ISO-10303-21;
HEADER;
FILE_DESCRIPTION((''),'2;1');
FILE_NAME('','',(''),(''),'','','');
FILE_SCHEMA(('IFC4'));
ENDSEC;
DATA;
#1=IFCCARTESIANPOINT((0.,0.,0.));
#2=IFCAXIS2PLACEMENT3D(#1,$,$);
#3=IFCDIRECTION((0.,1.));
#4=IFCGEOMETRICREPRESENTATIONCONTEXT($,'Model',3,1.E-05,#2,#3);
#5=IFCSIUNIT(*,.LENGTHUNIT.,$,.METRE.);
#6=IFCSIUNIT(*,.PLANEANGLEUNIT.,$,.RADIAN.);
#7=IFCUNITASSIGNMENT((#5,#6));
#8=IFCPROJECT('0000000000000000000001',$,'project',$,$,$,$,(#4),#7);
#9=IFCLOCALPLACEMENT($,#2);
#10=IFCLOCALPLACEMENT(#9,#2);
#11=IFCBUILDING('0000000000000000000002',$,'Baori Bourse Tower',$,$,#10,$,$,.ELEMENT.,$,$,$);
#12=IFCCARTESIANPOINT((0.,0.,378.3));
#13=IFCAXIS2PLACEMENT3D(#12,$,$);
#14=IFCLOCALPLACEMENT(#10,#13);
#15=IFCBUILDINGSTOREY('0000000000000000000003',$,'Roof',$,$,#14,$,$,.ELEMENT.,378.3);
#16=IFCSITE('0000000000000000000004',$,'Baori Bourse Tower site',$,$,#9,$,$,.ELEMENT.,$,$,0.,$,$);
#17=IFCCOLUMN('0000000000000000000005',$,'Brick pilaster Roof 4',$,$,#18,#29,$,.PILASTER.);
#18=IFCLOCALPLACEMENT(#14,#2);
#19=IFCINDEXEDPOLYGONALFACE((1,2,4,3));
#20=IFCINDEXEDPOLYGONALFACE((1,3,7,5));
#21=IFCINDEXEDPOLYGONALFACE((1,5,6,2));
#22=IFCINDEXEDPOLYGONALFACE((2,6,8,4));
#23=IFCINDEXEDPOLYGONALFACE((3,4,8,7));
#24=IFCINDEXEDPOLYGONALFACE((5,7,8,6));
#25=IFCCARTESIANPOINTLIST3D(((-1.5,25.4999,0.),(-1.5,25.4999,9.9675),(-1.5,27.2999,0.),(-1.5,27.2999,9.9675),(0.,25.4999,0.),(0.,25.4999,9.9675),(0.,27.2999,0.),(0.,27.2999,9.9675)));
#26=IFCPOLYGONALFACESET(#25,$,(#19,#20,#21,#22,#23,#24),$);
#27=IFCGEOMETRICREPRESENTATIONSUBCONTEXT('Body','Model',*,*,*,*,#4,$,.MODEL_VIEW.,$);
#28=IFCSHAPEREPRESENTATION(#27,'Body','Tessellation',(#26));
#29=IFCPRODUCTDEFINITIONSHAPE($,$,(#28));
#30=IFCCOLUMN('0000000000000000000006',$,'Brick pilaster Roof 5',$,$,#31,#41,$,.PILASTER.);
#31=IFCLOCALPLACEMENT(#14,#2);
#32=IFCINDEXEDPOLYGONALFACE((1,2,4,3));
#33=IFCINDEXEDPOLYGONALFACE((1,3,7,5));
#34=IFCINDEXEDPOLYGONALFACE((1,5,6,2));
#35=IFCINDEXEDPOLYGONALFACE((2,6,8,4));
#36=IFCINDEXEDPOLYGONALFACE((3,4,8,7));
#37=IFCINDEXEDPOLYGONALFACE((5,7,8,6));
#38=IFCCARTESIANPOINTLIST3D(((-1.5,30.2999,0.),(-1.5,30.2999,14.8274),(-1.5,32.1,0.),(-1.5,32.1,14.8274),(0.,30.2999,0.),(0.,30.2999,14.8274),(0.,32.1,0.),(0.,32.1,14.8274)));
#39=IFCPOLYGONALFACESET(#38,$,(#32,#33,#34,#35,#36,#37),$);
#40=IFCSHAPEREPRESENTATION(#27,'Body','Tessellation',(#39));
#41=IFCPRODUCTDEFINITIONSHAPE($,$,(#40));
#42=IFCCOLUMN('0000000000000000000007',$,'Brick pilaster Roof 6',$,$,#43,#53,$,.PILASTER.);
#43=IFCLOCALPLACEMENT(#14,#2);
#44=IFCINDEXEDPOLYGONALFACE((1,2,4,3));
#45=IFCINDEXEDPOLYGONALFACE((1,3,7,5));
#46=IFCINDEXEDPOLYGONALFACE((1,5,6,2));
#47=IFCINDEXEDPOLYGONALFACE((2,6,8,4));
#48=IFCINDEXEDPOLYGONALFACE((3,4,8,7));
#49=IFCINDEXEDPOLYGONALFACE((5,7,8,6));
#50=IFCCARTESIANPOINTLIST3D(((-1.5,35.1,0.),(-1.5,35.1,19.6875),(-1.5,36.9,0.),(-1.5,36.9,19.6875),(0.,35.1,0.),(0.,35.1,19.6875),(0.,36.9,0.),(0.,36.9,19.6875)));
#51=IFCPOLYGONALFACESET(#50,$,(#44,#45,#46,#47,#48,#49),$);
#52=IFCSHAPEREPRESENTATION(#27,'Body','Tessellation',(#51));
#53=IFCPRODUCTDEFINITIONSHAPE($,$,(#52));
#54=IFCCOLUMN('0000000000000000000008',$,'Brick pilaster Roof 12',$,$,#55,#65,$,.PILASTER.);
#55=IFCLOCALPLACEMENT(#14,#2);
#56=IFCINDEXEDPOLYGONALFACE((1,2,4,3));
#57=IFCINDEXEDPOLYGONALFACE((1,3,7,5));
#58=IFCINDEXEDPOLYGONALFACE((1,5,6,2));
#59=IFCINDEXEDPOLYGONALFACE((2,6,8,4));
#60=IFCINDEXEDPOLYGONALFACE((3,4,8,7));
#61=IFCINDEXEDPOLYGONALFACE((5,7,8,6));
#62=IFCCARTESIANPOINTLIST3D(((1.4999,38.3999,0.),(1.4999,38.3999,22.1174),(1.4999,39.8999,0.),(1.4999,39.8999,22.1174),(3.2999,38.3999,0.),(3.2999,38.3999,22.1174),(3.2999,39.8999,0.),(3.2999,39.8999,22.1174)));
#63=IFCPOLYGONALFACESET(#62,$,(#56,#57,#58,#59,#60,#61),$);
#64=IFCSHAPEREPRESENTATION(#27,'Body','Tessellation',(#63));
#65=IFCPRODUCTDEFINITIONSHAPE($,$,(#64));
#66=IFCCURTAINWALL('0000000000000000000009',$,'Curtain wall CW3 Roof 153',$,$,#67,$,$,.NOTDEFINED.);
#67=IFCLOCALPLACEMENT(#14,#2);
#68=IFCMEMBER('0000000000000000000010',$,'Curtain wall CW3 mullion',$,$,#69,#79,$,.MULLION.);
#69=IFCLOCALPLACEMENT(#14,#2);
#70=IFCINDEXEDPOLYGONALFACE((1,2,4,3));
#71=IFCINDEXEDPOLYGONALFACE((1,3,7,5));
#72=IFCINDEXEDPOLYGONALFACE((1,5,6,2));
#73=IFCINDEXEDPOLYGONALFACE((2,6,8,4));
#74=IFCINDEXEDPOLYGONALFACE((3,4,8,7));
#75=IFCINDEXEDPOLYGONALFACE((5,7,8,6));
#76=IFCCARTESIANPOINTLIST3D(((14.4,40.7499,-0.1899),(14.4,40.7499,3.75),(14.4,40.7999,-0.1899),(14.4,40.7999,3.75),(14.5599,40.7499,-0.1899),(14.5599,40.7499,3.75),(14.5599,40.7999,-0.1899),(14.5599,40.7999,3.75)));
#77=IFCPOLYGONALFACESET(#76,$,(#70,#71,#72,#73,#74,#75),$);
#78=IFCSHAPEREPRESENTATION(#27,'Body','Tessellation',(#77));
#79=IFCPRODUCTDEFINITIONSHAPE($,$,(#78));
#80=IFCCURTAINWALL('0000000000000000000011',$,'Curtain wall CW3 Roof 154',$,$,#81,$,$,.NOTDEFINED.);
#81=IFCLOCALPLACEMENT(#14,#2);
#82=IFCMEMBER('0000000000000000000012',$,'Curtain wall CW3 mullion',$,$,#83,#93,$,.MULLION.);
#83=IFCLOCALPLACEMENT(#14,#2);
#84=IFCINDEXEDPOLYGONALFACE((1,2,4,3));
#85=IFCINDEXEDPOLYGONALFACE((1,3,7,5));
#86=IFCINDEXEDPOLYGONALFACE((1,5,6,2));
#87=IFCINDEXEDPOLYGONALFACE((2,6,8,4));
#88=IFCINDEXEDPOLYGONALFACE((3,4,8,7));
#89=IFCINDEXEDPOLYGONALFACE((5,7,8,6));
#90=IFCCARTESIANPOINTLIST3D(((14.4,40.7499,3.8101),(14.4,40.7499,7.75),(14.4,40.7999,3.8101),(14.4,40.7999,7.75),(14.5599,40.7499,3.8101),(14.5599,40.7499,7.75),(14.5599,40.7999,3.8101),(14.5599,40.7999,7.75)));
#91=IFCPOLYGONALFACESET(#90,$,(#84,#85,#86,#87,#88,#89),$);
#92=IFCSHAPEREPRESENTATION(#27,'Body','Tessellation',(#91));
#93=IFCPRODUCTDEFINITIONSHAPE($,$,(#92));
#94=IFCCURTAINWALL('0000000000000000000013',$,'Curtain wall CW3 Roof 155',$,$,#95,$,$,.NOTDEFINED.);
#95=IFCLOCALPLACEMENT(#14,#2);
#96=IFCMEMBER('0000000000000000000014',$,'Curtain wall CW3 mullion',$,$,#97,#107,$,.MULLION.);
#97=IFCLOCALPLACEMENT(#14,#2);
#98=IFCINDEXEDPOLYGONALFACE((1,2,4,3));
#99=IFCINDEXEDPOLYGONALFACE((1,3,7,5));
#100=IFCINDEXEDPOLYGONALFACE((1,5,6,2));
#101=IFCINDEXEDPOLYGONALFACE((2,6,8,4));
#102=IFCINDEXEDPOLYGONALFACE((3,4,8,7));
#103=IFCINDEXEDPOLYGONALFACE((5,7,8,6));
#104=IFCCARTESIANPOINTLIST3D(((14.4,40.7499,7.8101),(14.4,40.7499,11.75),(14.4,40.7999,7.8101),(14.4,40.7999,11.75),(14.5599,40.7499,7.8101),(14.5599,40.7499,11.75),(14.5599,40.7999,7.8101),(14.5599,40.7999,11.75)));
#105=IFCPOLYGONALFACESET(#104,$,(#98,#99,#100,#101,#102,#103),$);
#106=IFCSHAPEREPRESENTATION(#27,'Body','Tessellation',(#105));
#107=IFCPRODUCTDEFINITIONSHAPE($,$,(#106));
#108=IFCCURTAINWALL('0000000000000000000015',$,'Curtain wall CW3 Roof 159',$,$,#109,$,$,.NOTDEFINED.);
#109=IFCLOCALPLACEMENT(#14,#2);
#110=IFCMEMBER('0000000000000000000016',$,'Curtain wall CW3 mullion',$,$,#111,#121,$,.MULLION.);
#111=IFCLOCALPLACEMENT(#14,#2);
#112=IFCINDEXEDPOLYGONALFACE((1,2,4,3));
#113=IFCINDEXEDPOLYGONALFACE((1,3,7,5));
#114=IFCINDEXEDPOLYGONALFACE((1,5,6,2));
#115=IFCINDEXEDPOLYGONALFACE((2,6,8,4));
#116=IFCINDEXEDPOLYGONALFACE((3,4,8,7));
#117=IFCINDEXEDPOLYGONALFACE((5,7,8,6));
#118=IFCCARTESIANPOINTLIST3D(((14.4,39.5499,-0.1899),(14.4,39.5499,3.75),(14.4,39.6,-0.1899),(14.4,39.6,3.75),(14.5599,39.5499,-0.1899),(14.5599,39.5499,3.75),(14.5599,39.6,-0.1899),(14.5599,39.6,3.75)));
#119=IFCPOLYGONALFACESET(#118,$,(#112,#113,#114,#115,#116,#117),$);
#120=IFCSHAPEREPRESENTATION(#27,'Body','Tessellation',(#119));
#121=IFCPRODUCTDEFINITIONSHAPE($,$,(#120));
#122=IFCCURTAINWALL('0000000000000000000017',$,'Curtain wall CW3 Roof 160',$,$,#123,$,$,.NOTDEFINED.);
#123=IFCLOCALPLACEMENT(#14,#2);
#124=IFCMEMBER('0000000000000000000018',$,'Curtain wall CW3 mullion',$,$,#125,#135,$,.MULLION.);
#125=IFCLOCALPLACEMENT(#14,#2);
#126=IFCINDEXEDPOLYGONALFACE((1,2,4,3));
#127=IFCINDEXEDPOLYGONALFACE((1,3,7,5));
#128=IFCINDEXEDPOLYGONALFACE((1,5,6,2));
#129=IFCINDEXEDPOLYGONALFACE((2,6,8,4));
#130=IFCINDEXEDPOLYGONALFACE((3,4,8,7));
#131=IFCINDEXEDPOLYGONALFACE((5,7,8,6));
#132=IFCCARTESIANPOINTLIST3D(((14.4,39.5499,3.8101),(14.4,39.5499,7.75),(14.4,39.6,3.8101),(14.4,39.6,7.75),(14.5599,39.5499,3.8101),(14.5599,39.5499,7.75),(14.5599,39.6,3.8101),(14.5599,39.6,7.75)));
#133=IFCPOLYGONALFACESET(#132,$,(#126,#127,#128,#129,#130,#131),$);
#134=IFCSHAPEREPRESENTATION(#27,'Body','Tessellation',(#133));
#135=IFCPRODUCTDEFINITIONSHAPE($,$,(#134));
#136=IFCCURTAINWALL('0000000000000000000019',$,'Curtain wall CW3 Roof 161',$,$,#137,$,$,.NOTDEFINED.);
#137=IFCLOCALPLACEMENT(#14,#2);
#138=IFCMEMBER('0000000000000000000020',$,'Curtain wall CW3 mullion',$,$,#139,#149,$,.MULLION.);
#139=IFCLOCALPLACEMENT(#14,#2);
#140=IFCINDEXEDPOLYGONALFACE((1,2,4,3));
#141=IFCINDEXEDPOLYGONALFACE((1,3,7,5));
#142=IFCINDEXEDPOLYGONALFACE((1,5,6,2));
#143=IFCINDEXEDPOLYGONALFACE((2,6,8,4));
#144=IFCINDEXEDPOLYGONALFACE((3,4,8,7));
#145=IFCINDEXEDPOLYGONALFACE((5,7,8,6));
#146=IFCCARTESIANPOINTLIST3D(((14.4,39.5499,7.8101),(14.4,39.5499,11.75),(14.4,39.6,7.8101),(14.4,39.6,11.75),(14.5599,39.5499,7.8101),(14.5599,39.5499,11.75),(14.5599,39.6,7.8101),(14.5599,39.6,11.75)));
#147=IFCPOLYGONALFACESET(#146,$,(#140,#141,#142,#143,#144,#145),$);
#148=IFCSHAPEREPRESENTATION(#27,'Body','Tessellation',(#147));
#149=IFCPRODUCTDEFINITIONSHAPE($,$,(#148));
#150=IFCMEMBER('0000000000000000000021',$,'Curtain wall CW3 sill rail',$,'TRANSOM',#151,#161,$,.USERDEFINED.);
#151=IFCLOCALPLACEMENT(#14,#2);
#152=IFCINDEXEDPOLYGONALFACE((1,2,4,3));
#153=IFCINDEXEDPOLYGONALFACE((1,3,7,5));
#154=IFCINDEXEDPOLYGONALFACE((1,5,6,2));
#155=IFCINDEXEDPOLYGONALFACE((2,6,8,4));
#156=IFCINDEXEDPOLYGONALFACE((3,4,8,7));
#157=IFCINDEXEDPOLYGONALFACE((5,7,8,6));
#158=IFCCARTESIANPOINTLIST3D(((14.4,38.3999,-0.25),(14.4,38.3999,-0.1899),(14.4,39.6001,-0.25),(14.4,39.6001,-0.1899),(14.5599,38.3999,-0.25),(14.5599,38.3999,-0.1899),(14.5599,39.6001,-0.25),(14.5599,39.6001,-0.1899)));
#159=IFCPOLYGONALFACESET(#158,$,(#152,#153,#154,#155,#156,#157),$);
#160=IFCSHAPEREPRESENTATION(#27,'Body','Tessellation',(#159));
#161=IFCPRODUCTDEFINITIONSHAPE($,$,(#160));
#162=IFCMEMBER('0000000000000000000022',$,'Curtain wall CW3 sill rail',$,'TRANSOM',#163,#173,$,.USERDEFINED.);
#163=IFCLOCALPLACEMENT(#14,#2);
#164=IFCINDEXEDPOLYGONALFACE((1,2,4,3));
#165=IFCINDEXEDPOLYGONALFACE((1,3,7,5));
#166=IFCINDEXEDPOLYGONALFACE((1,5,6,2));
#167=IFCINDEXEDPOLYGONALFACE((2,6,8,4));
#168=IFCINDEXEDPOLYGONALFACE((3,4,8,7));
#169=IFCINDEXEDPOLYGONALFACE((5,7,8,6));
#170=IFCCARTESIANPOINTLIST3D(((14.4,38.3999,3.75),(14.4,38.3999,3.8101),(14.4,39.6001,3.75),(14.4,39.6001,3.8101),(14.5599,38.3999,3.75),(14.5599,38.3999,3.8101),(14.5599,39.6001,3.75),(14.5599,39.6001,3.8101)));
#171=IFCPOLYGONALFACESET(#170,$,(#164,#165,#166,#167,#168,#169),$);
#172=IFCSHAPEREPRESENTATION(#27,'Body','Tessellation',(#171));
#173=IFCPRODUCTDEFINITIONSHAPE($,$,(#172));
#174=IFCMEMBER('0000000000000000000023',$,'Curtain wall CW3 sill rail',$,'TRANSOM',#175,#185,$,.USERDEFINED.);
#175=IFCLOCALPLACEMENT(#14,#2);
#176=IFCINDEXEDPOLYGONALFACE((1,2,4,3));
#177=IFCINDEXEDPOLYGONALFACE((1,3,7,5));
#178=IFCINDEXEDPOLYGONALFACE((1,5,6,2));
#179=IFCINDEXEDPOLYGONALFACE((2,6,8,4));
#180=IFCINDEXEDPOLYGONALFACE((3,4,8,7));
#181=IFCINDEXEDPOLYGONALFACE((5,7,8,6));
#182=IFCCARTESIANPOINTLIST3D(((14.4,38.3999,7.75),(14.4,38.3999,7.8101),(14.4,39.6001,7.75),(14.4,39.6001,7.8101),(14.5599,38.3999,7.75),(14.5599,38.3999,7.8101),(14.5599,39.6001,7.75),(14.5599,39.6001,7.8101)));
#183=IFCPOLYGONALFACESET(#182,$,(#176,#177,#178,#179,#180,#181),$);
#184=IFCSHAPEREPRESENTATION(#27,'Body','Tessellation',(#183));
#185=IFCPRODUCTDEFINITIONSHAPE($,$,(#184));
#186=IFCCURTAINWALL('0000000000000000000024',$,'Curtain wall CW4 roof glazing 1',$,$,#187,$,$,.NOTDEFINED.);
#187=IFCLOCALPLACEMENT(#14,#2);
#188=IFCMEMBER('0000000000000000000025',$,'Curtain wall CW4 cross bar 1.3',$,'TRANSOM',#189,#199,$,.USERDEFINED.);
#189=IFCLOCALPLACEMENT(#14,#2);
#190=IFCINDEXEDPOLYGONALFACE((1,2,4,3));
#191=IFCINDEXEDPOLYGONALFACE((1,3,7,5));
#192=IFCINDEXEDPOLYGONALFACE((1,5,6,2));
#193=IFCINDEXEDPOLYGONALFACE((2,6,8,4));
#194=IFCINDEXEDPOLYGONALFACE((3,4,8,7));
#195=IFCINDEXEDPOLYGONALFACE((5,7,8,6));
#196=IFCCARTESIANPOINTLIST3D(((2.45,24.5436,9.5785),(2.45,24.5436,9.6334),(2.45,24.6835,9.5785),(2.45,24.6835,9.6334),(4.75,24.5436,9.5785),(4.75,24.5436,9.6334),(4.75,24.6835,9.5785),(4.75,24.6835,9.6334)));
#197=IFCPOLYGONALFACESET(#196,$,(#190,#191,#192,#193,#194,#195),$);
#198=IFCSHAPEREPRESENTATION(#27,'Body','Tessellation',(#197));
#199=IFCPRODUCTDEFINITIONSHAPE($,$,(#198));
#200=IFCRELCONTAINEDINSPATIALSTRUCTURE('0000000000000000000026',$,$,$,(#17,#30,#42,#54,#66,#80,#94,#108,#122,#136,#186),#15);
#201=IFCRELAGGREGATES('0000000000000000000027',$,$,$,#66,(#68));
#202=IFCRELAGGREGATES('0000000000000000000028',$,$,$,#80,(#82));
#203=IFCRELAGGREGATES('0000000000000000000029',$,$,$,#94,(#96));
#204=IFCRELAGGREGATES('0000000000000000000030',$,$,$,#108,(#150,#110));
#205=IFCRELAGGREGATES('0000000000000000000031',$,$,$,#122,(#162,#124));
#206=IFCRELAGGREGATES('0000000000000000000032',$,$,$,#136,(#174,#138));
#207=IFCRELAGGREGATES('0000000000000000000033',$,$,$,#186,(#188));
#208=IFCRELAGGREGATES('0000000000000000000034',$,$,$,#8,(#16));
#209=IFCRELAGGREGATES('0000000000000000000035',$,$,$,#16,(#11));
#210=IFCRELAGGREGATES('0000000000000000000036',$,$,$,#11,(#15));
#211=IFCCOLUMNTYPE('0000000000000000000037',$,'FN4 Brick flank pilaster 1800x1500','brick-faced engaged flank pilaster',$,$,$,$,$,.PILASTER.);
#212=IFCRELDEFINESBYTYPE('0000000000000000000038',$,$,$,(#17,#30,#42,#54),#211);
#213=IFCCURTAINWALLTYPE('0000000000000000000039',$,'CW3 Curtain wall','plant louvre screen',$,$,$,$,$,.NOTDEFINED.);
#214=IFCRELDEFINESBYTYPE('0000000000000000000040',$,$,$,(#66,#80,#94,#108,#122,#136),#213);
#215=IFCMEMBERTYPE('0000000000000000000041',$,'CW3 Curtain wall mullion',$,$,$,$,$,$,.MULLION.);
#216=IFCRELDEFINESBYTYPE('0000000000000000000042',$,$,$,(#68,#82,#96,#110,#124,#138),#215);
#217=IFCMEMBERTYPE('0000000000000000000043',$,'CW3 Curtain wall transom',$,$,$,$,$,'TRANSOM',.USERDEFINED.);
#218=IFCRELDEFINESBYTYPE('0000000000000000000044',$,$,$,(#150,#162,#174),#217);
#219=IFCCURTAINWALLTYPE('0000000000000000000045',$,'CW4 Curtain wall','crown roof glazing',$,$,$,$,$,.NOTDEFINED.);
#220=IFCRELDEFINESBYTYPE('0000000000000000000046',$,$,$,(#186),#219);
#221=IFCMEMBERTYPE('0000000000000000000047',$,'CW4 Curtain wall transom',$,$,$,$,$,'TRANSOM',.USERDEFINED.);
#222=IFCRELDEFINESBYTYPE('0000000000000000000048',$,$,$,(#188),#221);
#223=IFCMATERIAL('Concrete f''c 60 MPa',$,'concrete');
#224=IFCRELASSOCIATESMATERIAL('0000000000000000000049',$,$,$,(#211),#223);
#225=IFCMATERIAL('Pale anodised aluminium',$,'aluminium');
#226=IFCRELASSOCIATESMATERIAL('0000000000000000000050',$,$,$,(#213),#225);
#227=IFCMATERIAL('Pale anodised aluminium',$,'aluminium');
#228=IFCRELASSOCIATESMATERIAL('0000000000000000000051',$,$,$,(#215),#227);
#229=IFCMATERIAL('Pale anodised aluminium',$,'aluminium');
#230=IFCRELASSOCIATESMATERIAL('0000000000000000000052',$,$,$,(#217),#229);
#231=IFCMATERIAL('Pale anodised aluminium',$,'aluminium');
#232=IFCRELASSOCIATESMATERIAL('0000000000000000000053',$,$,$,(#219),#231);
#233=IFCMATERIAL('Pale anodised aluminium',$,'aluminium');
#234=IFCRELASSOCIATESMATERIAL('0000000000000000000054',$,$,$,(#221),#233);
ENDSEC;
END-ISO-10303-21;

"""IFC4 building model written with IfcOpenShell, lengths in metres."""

from ifc_helpers import new_model, si_unit, direction, frame, origin, origin_2d, place, context, subcontext, project, spatial, rectangle, extrude, material, material_profile, profile_set, type_object, element, aggregate, save


model = new_model("IFC4")

# Units and contexts
model_context = context("Model", 3, precision=1e-05, world=origin(), true_north=direction((0.0, 1.0)))
body_context = subcontext(model_context, "Body", "Model", "MODEL_VIEW")
ifc_project = project(units=[si_unit("LENGTHUNIT", "METRE"), si_unit("PLANEANGLEUNIT", "RADIAN")], contexts=[model_context])

# Site, building, storey
site_placement = place(None, origin())
site = spatial("IfcSite", under=ifc_project, at=site_placement, Name="Baori Bourse Tower site", CompositionType="ELEMENT", RefElevation=0.0)
building_placement = place(site_placement, origin())
building = spatial("IfcBuilding", under=site, at=building_placement, Name="Baori Bourse Tower", CompositionType="ELEMENT")
storey_placement = place(building_placement, frame((0.0, 0.0, 378.3)))
storey = spatial("IfcBuildingStorey", under=building, at=storey_placement, Name="Roof", CompositionType="ELEMENT", Elevation=378.3)

# Columns
ifc_material_1 = material(Name="Concrete f'c 60 MPa", Category="concrete")
ifc_material_profile_1 = material_profile(ifc_material_1, rectangle(XDim=1.8, YDim=1.5, at=origin_2d()), Name="RC 1800x1500")
ifc_profile_set_1 = profile_set([ifc_material_profile_1], Name="Concrete f'c 60 MPa")
column_type = type_object("IfcColumnType", Name="FN4 Brick flank pilaster 1800x1500", Description="brick-faced engaged flank pilaster", PredefinedType="PILASTER", material=ifc_profile_set_1)
column_1_placement = place(storey_placement, frame((-0.75, 26.3999, 0.0), z_axis=(0.0, 0.0, 1.0), x_axis=(0.0, 1.0, 0.0)))
element("IfcColumn", 1, at=column_1_placement, inside=storey, type_object=column_type, Name="Brick pilaster Roof 4", PredefinedType="PILASTER", context=body_context, shape_type="SweptSolid", body=[
    extrude(rectangle(XDim=1.8, YDim=1.5, at=origin_2d()), origin(), (0.0, 0.0, 1.0), 9.9675),
])
column_2_placement = place(storey_placement, frame((-0.75, 31.2, 0.0), z_axis=(0.0, 0.0, 1.0), x_axis=(0.0, 1.0, 0.0)))
element("IfcColumn", 2, at=column_2_placement, inside=storey, type_object=column_type, Name="Brick pilaster Roof 5", PredefinedType="PILASTER", context=body_context, shape_type="SweptSolid", body=[
    extrude(rectangle(XDim=1.8, YDim=1.5, at=origin_2d()), origin(), (0.0, 0.0, 1.0), 14.8274),
])
column_3_placement = place(storey_placement, frame((-0.75, 36.0, 0.0), z_axis=(0.0, 0.0, 1.0), x_axis=(0.0, 1.0, 0.0)))
element("IfcColumn", 3, at=column_3_placement, inside=storey, type_object=column_type, Name="Brick pilaster Roof 6", PredefinedType="PILASTER", context=body_context, shape_type="SweptSolid", body=[
    extrude(rectangle(XDim=1.8, YDim=1.5, at=origin_2d()), origin(), (0.0, 0.0, 1.0), 19.6875),
])
column_4_placement = place(storey_placement, frame((2.3999, 39.1499, 0.0), z_axis=(0.0, 0.0, 1.0), x_axis=(1.0, 0.0, 0.0)))
element("IfcColumn", 4, at=column_4_placement, inside=storey, type_object=column_type, Name="Brick pilaster Roof 12", PredefinedType="PILASTER", context=body_context, shape_type="SweptSolid", body=[
    extrude(rectangle(XDim=1.8, YDim=1.5, at=origin_2d()), origin(), (0.0, 0.0, 1.0), 22.1174),
])

# Curtain walls, members
ifc_material_2 = material(Name="Pale anodised aluminium", Category="aluminium")
curtain_wall_type_1 = type_object("IfcCurtainWallType", Name="CW3 Curtain wall", Description="plant louvre screen", PredefinedType="NOTDEFINED", material=ifc_material_2)
curtain_wall_1_placement = place(storey_placement, origin())
curtain_wall_1 = element("IfcCurtainWall", 5, at=curtain_wall_1_placement, inside=storey, type_object=curtain_wall_type_1, Name="Curtain wall CW3 Roof 153", PredefinedType="NOTDEFINED")
ifc_material_3 = material(Name="Pale anodised aluminium", Category="aluminium")
ifc_material_profile_2 = material_profile(ifc_material_3, rectangle(XDim=0.1599, YDim=0.05, at=origin_2d()), Name="Mullion 50x160")
ifc_profile_set_2 = profile_set([ifc_material_profile_2], Name="Pale anodised aluminium")
member_type_1 = type_object("IfcMemberType", Name="CW3 Curtain wall mullion", PredefinedType="MULLION", material=ifc_profile_set_2)
member_1_placement = place(storey_placement, frame((14.48, 40.7749, -0.1899), z_axis=(0.0, 0.0, 1.0), x_axis=(1.0, 0.0, 0.0)))
member_1 = element("IfcMember", 6, at=member_1_placement, type_object=member_type_1, Name="Curtain wall CW3 mullion", PredefinedType="MULLION", context=body_context, shape_type="SweptSolid", body=[
    extrude(rectangle(XDim=0.1599, YDim=0.05, at=origin_2d()), origin(), (0.0, 0.0, 1.0), 3.9399),
])
curtain_wall_2_placement = place(storey_placement, origin())
curtain_wall_2 = element("IfcCurtainWall", 7, at=curtain_wall_2_placement, inside=storey, type_object=curtain_wall_type_1, Name="Curtain wall CW3 Roof 154", PredefinedType="NOTDEFINED")
member_2_placement = place(storey_placement, frame((14.48, 40.7749, 3.8101), z_axis=(0.0, 0.0, 1.0), x_axis=(1.0, 0.0, 0.0)))
member_2 = element("IfcMember", 8, at=member_2_placement, type_object=member_type_1, Name="Curtain wall CW3 mullion", PredefinedType="MULLION", context=body_context, shape_type="SweptSolid", body=[
    extrude(rectangle(XDim=0.1599, YDim=0.05, at=origin_2d()), origin(), (0.0, 0.0, 1.0), 3.9399),
])
curtain_wall_3_placement = place(storey_placement, origin())
curtain_wall_3 = element("IfcCurtainWall", 9, at=curtain_wall_3_placement, inside=storey, type_object=curtain_wall_type_1, Name="Curtain wall CW3 Roof 155", PredefinedType="NOTDEFINED")
member_3_placement = place(storey_placement, frame((14.48, 40.7749, 7.8101), z_axis=(0.0, 0.0, 1.0), x_axis=(1.0, 0.0, 0.0)))
member_3 = element("IfcMember", 10, at=member_3_placement, type_object=member_type_1, Name="Curtain wall CW3 mullion", PredefinedType="MULLION", context=body_context, shape_type="SweptSolid", body=[
    extrude(rectangle(XDim=0.1599, YDim=0.05, at=origin_2d()), origin(), (0.0, 0.0, 1.0), 3.9399),
])
curtain_wall_4_placement = place(storey_placement, origin())
curtain_wall_4 = element("IfcCurtainWall", 11, at=curtain_wall_4_placement, inside=storey, type_object=curtain_wall_type_1, Name="Curtain wall CW3 Roof 159", PredefinedType="NOTDEFINED")
member_4_placement = place(storey_placement, frame((14.48, 39.575, -0.1899), z_axis=(0.0, 0.0, 1.0), x_axis=(1.0, 0.0, 0.0)))
member_4 = element("IfcMember", 12, at=member_4_placement, type_object=member_type_1, Name="Curtain wall CW3 mullion", PredefinedType="MULLION", context=body_context, shape_type="SweptSolid", body=[
    extrude(rectangle(XDim=0.1599, YDim=0.05, at=origin_2d()), origin(), (0.0, 0.0, 1.0), 3.9399),
])
curtain_wall_5_placement = place(storey_placement, origin())
curtain_wall_5 = element("IfcCurtainWall", 13, at=curtain_wall_5_placement, inside=storey, type_object=curtain_wall_type_1, Name="Curtain wall CW3 Roof 160", PredefinedType="NOTDEFINED")
member_5_placement = place(storey_placement, frame((14.48, 39.575, 3.8101), z_axis=(0.0, 0.0, 1.0), x_axis=(1.0, 0.0, 0.0)))
member_5 = element("IfcMember", 14, at=member_5_placement, type_object=member_type_1, Name="Curtain wall CW3 mullion", PredefinedType="MULLION", context=body_context, shape_type="SweptSolid", body=[
    extrude(rectangle(XDim=0.1599, YDim=0.05, at=origin_2d()), origin(), (0.0, 0.0, 1.0), 3.9399),
])
curtain_wall_6_placement = place(storey_placement, origin())
curtain_wall_6 = element("IfcCurtainWall", 15, at=curtain_wall_6_placement, inside=storey, type_object=curtain_wall_type_1, Name="Curtain wall CW3 Roof 161", PredefinedType="NOTDEFINED")
member_6_placement = place(storey_placement, frame((14.48, 39.575, 7.8101), z_axis=(0.0, 0.0, 1.0), x_axis=(1.0, 0.0, 0.0)))
member_6 = element("IfcMember", 16, at=member_6_placement, type_object=member_type_1, Name="Curtain wall CW3 mullion", PredefinedType="MULLION", context=body_context, shape_type="SweptSolid", body=[
    extrude(rectangle(XDim=0.1599, YDim=0.05, at=origin_2d()), origin(), (0.0, 0.0, 1.0), 3.9399),
])

# Members
ifc_material_4 = material(Name="Pale anodised aluminium", Category="aluminium")
ifc_material_profile_3 = material_profile(ifc_material_4, rectangle(XDim=0.1599, YDim=0.0601, at=origin_2d()), Name="Transom 60x160")
ifc_profile_set_3 = profile_set([ifc_material_profile_3], Name="Pale anodised aluminium")
member_type_2 = type_object("IfcMemberType", Name="CW3 Curtain wall transom", ElementType="TRANSOM", PredefinedType="USERDEFINED", material=ifc_profile_set_3)
member_7_placement = place(storey_placement, frame((14.48, 39.6001, -0.22), z_axis=(0.0, -1.0, 0.0), x_axis=(1.0, 0.0, 0.0)))
member_7 = element("IfcMember", 17, at=member_7_placement, type_object=member_type_2, Name="Curtain wall CW3 sill rail", ObjectType="TRANSOM", PredefinedType="USERDEFINED", context=body_context, shape_type="SweptSolid", body=[
    extrude(rectangle(XDim=0.1599, YDim=0.0601, at=origin_2d()), origin(), (0.0, 0.0, 1.0), 1.2002),
])
member_8_placement = place(storey_placement, frame((14.48, 39.6001, 3.78), z_axis=(0.0, -1.0, 0.0), x_axis=(1.0, 0.0, 0.0)))
member_8 = element("IfcMember", 18, at=member_8_placement, type_object=member_type_2, Name="Curtain wall CW3 sill rail", ObjectType="TRANSOM", PredefinedType="USERDEFINED", context=body_context, shape_type="SweptSolid", body=[
    extrude(rectangle(XDim=0.1599, YDim=0.0601, at=origin_2d()), origin(), (0.0, 0.0, 1.0), 1.2002),
])
member_9_placement = place(storey_placement, frame((14.48, 39.6001, 7.78), z_axis=(0.0, -1.0, 0.0), x_axis=(1.0, 0.0, 0.0)))
member_9 = element("IfcMember", 19, at=member_9_placement, type_object=member_type_2, Name="Curtain wall CW3 sill rail", ObjectType="TRANSOM", PredefinedType="USERDEFINED", context=body_context, shape_type="SweptSolid", body=[
    extrude(rectangle(XDim=0.1599, YDim=0.0601, at=origin_2d()), origin(), (0.0, 0.0, 1.0), 1.2002),
])

# Curtain wall, member
ifc_material_5 = material(Name="Pale anodised aluminium", Category="aluminium")
curtain_wall_type_2 = type_object("IfcCurtainWallType", Name="CW4 Curtain wall", Description="crown roof glazing", PredefinedType="NOTDEFINED", material=ifc_material_5)
curtain_wall_7_placement = place(storey_placement, origin())
curtain_wall_7 = element("IfcCurtainWall", 20, at=curtain_wall_7_placement, inside=storey, type_object=curtain_wall_type_2, Name="Curtain wall CW4 roof glazing 1", PredefinedType="NOTDEFINED")
ifc_material_6 = material(Name="Pale anodised aluminium", Category="aluminium")
ifc_material_profile_4 = material_profile(ifc_material_6, rectangle(XDim=0.1399, YDim=0.0549, at=origin_2d()), Name="Transom 55x140")
ifc_profile_set_4 = profile_set([ifc_material_profile_4], Name="Pale anodised aluminium")
member_type_3 = type_object("IfcMemberType", Name="CW4 Curtain wall transom", ElementType="TRANSOM", PredefinedType="USERDEFINED", material=ifc_profile_set_4)
member_10_placement = place(storey_placement, frame((2.45, 24.6135, 9.606), z_axis=(1.0, 0.0, 0.0), x_axis=(0.0, 1.0, 0.0)))
member_10 = element("IfcMember", 21, at=member_10_placement, type_object=member_type_3, Name="Curtain wall CW4 cross bar 1.3", ObjectType="TRANSOM", PredefinedType="USERDEFINED", context=body_context, shape_type="SweptSolid", body=[
    extrude(rectangle(XDim=0.1399, YDim=0.0549, at=origin_2d()), origin(), (0.0, 0.0, 1.0), 2.3),
])

aggregate(curtain_wall_1, [member_1])
aggregate(curtain_wall_2, [member_2])
aggregate(curtain_wall_3, [member_3])
aggregate(curtain_wall_4, [member_7, member_4])
aggregate(curtain_wall_5, [member_8, member_5])
aggregate(curtain_wall_6, [member_9, member_6])
aggregate(curtain_wall_7, [member_10])

save(model, "model.ifc")
